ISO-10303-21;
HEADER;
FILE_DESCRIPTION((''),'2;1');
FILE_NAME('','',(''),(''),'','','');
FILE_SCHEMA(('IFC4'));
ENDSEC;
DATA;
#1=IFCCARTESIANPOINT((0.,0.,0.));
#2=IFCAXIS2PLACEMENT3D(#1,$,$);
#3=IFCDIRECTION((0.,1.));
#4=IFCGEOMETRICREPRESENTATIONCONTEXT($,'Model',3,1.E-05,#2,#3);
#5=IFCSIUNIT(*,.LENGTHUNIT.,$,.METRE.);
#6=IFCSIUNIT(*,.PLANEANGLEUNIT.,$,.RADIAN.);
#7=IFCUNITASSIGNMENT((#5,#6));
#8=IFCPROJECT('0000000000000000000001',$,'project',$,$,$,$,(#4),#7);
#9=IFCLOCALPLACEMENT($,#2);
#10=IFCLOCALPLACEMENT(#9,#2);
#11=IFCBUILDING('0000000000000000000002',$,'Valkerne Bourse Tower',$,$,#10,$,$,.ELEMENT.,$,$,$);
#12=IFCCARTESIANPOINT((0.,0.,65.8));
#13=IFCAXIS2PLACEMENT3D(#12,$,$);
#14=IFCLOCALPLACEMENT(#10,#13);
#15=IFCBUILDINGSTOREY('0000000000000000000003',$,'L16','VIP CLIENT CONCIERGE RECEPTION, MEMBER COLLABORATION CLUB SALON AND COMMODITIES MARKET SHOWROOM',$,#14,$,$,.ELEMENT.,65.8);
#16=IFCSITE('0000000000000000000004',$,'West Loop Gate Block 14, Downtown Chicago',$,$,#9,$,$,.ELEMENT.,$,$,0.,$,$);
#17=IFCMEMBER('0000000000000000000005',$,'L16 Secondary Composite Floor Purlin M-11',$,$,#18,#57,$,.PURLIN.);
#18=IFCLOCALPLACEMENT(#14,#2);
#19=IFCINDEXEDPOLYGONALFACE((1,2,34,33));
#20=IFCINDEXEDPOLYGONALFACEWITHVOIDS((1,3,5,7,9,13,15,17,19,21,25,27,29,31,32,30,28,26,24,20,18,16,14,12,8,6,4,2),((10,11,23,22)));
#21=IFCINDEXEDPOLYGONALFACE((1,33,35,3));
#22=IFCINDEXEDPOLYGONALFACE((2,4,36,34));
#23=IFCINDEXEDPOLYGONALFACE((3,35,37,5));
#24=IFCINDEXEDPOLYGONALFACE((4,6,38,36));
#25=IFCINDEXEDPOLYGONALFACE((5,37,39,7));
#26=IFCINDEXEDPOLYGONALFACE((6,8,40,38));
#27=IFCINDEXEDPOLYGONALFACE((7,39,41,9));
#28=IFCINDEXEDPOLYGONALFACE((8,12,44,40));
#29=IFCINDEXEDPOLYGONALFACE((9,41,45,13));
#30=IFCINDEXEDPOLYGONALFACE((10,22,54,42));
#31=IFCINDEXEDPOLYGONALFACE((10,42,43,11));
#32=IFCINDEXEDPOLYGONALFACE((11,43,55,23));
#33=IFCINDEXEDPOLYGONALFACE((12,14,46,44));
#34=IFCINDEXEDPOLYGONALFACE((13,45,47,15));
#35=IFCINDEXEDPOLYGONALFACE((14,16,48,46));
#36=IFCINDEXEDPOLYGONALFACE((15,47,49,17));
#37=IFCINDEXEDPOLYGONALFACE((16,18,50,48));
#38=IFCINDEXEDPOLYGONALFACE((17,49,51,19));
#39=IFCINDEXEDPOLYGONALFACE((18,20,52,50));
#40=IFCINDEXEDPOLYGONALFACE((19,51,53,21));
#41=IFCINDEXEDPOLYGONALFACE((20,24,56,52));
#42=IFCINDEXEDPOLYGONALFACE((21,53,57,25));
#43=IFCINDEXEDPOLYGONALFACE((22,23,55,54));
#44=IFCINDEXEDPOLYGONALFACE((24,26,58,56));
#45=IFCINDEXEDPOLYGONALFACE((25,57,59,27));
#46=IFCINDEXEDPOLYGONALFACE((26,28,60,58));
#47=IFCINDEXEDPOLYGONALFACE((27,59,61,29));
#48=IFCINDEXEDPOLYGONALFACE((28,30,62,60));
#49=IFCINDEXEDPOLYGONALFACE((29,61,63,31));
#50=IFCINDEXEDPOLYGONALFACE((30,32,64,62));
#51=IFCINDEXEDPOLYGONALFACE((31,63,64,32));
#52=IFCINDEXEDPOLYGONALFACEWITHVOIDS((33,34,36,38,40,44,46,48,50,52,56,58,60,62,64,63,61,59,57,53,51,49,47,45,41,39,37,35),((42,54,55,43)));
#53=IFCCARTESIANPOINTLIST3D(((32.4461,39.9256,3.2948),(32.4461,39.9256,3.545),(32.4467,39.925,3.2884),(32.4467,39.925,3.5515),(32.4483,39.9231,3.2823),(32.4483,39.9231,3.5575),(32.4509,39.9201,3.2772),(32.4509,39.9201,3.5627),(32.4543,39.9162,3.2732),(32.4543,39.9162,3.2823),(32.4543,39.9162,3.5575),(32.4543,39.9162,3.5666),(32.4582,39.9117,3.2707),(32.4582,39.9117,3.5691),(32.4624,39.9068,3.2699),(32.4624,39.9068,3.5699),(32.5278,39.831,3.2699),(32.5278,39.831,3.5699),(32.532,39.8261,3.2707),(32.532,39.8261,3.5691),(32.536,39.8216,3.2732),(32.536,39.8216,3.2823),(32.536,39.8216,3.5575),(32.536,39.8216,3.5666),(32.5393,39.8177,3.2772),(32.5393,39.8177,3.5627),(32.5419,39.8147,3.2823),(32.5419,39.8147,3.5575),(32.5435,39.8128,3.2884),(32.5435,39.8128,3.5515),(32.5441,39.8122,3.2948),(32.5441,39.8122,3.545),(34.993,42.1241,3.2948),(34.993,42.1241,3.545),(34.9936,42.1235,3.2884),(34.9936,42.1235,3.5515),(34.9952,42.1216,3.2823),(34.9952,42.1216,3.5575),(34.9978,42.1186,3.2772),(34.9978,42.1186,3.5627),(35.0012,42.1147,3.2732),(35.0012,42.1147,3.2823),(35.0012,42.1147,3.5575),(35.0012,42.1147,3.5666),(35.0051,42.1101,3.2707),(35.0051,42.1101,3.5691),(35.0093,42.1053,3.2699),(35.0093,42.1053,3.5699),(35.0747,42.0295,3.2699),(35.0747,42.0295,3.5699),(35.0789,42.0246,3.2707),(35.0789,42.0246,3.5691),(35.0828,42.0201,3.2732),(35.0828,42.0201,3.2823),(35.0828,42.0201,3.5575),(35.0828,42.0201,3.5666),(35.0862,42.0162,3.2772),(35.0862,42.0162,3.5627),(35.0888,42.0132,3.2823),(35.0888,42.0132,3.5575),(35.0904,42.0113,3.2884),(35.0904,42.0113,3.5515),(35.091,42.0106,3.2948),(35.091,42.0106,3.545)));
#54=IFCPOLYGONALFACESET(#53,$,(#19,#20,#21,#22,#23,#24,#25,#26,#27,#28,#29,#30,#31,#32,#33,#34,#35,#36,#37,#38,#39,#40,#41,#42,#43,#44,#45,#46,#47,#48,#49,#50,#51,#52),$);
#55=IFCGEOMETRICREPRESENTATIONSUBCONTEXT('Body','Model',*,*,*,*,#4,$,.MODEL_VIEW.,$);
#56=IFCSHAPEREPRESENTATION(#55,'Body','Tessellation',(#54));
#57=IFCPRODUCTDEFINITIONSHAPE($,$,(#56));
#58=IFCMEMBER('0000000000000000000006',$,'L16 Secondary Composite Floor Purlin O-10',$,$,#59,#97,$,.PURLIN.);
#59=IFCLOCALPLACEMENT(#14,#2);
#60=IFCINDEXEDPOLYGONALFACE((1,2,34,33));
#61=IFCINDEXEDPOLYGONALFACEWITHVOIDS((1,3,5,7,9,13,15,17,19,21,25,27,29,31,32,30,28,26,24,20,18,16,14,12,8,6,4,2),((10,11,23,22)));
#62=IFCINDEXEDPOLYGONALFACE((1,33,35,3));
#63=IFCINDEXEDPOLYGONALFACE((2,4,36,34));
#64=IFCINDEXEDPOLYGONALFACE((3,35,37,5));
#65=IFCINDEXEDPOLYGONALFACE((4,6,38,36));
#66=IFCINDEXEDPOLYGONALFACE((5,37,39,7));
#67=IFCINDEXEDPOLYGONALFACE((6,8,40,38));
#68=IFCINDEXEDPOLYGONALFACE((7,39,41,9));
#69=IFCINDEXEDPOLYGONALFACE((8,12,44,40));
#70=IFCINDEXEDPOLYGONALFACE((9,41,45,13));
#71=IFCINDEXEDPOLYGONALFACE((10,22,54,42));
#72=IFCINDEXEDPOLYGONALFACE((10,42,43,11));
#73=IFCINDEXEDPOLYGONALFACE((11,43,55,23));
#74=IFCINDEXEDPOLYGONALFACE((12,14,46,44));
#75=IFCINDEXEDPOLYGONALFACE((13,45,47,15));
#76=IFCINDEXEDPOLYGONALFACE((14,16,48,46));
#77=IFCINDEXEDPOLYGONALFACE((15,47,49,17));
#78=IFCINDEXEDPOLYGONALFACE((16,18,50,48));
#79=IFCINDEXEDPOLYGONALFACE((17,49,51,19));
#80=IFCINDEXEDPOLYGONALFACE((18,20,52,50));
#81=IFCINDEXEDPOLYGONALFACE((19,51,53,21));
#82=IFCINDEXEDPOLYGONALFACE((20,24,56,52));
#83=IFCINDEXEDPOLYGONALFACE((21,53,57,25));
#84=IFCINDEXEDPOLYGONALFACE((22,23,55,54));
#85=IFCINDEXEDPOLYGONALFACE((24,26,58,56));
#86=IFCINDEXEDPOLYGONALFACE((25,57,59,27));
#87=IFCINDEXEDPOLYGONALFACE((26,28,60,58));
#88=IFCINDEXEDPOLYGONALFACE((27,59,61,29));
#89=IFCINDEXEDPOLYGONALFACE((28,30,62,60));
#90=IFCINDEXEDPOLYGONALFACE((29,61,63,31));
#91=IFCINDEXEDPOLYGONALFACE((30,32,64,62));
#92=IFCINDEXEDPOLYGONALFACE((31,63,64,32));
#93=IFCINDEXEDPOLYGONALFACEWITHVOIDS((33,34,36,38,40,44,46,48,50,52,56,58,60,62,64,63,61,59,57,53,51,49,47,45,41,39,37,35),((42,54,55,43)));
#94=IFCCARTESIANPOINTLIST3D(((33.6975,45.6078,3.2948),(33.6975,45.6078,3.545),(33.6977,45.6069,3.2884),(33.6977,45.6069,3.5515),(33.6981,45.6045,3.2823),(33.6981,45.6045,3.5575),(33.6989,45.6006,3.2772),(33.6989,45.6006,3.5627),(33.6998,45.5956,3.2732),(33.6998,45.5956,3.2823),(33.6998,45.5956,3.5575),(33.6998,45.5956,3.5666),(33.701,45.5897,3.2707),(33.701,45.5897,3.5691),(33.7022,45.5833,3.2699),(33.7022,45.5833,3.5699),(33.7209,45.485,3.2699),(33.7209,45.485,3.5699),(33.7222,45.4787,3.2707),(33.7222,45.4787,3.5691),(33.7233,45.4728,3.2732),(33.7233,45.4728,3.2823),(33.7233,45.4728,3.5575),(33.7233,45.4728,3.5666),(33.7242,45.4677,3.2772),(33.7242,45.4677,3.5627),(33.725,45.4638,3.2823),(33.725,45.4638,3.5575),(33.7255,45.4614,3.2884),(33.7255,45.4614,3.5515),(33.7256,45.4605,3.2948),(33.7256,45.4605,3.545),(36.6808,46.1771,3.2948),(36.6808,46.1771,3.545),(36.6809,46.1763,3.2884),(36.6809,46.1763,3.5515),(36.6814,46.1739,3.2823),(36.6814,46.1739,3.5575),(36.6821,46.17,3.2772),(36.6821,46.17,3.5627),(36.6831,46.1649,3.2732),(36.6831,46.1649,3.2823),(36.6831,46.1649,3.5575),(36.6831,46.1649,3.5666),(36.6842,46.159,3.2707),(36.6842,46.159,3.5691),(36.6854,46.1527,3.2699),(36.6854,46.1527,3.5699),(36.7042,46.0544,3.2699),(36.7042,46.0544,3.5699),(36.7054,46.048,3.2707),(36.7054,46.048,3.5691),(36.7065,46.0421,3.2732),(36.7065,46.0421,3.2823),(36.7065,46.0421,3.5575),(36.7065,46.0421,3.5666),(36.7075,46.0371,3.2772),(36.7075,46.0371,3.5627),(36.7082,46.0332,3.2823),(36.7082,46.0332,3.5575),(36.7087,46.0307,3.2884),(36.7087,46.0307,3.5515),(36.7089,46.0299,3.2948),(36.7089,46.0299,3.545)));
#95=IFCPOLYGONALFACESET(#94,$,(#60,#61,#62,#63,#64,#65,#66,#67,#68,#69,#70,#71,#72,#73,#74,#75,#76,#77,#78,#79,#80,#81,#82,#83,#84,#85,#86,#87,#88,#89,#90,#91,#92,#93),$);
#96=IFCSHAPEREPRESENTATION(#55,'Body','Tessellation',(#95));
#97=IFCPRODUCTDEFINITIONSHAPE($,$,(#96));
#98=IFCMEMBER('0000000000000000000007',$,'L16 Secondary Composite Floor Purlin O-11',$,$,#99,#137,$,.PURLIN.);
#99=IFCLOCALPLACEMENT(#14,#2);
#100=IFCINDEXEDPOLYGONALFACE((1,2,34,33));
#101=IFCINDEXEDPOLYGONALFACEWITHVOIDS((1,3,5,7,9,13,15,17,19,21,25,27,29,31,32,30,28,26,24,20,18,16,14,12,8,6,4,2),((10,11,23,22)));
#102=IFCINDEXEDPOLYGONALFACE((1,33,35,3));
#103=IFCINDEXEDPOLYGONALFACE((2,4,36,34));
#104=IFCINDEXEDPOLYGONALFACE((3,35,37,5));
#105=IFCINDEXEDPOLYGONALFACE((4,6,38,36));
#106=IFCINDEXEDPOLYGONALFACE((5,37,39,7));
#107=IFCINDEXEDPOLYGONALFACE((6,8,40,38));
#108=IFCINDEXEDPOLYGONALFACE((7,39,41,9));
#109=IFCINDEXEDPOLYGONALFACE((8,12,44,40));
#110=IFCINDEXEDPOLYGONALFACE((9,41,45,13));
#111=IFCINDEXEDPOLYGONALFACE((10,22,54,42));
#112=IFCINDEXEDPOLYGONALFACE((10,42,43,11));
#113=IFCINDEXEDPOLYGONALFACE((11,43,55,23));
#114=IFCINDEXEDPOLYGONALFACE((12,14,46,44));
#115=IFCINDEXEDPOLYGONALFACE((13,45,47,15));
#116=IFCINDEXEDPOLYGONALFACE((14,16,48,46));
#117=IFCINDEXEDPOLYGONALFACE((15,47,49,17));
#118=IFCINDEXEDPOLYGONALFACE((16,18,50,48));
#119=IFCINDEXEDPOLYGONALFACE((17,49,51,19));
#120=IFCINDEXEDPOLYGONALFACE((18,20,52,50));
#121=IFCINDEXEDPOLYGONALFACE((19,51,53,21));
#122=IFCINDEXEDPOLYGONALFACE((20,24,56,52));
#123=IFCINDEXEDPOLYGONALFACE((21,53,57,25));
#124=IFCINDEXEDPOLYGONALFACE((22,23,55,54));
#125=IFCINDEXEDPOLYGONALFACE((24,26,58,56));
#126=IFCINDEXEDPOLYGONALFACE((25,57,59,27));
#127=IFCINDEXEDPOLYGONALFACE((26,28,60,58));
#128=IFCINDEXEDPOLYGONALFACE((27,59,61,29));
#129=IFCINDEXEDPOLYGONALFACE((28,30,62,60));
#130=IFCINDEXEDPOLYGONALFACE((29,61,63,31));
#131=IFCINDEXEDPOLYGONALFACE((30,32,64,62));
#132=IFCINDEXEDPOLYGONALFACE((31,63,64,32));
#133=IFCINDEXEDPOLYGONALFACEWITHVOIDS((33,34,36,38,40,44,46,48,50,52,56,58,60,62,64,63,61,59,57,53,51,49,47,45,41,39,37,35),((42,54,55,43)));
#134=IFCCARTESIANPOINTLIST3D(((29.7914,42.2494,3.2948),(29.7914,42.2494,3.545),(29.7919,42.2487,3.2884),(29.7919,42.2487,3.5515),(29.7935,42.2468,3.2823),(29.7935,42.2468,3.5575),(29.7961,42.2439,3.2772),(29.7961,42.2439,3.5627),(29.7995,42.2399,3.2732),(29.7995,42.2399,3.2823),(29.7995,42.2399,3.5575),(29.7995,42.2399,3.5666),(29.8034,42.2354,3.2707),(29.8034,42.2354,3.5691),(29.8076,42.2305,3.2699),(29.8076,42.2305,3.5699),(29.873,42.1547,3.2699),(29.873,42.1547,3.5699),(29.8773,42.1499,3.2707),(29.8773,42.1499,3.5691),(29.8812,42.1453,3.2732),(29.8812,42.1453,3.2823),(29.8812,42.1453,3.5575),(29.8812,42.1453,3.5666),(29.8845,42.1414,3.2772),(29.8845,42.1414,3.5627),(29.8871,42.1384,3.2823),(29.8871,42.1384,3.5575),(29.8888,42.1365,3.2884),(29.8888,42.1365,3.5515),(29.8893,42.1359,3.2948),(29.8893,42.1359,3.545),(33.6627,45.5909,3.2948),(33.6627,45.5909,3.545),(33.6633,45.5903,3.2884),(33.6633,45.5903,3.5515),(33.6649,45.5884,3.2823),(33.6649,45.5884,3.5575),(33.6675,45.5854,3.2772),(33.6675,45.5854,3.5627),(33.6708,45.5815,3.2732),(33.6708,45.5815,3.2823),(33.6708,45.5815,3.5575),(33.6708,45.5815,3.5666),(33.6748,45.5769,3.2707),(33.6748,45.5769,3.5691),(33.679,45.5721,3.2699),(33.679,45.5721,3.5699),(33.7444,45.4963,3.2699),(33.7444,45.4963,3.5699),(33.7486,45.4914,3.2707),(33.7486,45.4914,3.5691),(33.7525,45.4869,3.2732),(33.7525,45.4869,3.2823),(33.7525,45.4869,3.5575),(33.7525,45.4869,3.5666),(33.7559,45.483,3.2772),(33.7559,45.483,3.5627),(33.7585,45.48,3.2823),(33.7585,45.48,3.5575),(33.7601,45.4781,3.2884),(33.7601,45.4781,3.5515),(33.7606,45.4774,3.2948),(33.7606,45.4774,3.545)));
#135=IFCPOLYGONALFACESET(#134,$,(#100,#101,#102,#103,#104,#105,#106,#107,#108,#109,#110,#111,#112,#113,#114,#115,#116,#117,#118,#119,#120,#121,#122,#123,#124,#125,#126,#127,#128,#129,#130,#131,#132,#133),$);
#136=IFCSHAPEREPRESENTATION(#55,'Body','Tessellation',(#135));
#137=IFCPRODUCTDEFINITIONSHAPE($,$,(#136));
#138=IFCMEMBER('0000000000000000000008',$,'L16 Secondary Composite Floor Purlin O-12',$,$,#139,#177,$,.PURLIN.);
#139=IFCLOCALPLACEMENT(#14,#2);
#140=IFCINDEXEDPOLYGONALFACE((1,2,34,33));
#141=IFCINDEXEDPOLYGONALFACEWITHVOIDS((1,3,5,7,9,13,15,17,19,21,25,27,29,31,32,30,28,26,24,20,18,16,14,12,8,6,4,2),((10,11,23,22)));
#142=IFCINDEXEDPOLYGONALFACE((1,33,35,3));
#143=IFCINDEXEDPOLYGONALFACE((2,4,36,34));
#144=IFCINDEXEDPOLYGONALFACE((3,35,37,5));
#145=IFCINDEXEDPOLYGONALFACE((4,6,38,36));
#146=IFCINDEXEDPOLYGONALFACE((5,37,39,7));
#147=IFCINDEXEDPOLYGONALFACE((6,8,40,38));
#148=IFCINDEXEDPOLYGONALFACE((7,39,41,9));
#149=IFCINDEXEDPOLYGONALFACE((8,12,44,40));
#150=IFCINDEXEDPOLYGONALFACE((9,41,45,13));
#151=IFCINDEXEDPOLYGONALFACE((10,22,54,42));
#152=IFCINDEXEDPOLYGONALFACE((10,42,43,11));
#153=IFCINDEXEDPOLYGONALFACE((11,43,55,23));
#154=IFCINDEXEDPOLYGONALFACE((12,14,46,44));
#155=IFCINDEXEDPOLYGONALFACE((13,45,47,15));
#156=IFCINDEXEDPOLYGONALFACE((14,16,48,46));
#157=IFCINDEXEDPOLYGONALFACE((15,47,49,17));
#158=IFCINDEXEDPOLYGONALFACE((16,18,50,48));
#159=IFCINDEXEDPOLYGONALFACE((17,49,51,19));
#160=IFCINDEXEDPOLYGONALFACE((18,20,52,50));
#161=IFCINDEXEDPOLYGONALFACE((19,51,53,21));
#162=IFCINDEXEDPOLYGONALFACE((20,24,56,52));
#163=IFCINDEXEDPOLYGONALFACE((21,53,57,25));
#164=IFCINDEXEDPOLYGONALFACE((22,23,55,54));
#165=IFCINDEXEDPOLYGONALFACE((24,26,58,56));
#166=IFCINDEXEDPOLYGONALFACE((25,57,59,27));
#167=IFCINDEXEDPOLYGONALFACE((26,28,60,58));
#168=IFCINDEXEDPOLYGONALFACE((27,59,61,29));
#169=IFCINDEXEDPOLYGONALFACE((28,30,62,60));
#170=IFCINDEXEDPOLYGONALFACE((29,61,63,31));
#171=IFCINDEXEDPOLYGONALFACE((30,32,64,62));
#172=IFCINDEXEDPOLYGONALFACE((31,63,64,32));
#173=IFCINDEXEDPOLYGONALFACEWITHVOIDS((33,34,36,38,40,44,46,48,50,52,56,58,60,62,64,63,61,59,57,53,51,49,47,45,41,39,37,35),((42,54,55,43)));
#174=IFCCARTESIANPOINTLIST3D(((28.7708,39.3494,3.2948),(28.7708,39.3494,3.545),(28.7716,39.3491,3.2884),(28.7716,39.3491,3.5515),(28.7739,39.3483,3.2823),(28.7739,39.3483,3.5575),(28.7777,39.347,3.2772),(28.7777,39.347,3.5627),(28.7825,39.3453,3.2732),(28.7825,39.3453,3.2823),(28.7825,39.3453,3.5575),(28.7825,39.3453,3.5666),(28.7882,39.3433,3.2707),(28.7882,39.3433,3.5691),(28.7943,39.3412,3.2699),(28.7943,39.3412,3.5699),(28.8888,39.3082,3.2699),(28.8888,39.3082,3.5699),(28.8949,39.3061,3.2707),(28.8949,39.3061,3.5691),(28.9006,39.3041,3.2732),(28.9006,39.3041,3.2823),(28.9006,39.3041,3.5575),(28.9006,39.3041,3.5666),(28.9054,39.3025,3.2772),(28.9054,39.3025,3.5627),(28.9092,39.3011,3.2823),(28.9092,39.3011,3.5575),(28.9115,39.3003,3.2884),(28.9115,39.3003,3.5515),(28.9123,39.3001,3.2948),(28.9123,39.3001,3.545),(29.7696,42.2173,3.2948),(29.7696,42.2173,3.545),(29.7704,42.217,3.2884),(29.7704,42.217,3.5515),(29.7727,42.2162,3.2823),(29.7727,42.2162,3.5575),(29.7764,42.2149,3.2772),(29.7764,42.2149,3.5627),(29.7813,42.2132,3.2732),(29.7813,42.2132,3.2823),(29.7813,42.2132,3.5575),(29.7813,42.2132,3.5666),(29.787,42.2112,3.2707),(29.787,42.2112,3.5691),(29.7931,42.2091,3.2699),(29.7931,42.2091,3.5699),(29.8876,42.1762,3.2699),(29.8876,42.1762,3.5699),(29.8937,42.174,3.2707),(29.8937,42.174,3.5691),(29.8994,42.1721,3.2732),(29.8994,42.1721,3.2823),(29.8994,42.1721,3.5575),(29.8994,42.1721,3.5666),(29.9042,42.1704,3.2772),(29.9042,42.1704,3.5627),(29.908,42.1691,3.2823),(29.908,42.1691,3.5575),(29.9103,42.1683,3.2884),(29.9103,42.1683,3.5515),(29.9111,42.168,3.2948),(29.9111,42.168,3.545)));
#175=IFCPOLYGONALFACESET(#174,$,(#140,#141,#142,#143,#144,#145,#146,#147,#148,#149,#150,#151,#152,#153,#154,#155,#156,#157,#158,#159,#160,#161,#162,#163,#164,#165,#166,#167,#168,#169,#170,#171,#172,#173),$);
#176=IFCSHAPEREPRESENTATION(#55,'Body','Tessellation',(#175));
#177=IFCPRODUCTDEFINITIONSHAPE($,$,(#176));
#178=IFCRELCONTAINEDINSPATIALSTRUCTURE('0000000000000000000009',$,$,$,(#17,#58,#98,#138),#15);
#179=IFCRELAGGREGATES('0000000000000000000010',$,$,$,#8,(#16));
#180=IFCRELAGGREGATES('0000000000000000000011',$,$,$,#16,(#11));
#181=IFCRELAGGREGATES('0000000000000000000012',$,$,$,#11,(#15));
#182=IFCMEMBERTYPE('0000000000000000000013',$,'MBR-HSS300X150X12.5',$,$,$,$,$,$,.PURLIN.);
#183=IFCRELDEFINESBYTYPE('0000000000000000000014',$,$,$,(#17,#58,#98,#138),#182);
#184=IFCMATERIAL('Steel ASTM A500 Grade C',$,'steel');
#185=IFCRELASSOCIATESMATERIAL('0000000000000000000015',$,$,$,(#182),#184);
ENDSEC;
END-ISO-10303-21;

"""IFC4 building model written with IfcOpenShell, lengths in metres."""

from ifc_helpers import new_model, si_unit, direction, frame, origin, origin_2d, place, context, subcontext, project, spatial, hollow_rectangle, extrude, material, material_profile, profile_set, type_object, element, save


model = new_model("IFC4")

# Units and contexts
model_context = context("Model", 3, precision=1e-05, world=origin(), true_north=direction((0.0, 1.0)))
body_context = subcontext(model_context, "Body", "Model", "MODEL_VIEW")
ifc_project = project(units=[si_unit("LENGTHUNIT", "METRE"), si_unit("PLANEANGLEUNIT", "RADIAN")], contexts=[model_context])

# Site, building, storey
site_placement = place(None, origin())
site = spatial("IfcSite", under=ifc_project, at=site_placement, Name="West Loop Gate Block 14, Downtown Chicago", CompositionType="ELEMENT", RefElevation=0.0)
building_placement = place(site_placement, origin())
building = spatial("IfcBuilding", under=site, at=building_placement, Name="Valkerne Bourse Tower", CompositionType="ELEMENT")
storey_placement = place(building_placement, frame((0.0, 0.0, 65.8)))
storey = spatial("IfcBuildingStorey", under=building, at=storey_placement, Name="L16", Description="VIP CLIENT CONCIERGE RECEPTION, MEMBER COLLABORATION CLUB SALON AND COMMODITIES MARKET SHOWROOM", CompositionType="ELEMENT", Elevation=65.8)

# Members
ifc_material_1 = material(Name="Steel ASTM A500 Grade C", Category="steel")
ifc_material_profile_1 = material_profile(ifc_material_1, hollow_rectangle(XDim=0.1499, YDim=0.3, WallThickness=0.0125, OuterFilletRadius=0.0249, at=origin_2d()), Name="HSS300X150X12.5")
ifc_profile_set_1 = profile_set([ifc_material_profile_1], Name="Steel ASTM A500 Grade C")
member_type_1 = type_object("IfcMemberType", Name="MBR-HSS300X150X12.5", PredefinedType="PURLIN", material=ifc_profile_set_1)
member_1_placement = place(storey_placement, frame((35.042, 42.0674, 3.4199), z_axis=(-0.756983, -0.653435, 0.0), x_axis=(0.653435, -0.756983, 0.0)))
element("IfcMember", 1, at=member_1_placement, inside=storey, type_object=member_type_1, Name="L16 Secondary Composite Floor Purlin M-11", PredefinedType="PURLIN", context=body_context, shape_type="SweptSolid", body=[
    extrude(hollow_rectangle(XDim=0.1499, YDim=0.3, WallThickness=0.0125, OuterFilletRadius=0.0249, at=origin_2d()), origin(), (0.0, 0.0, 1.0), 3.3645),
])
member_2_placement = place(storey_placement, frame((36.6948, 46.1035, 3.4199), z_axis=(-0.982271, -0.187467, 0.0), x_axis=(0.187467, -0.982271, 0.0)))
element("IfcMember", 2, at=member_2_placement, inside=storey, type_object=member_type_1, Name="L16 Secondary Composite Floor Purlin O-10", PredefinedType="PURLIN", context=body_context, shape_type="SweptSolid", body=[
    extrude(hollow_rectangle(XDim=0.1499, YDim=0.3, WallThickness=0.0125, OuterFilletRadius=0.0249, at=origin_2d()), origin(), (0.0, 0.0, 1.0), 3.0371),
])
member_3_placement = place(storey_placement, frame((33.7117, 45.5342, 3.4199), z_axis=(-0.757004, -0.65341, 0.0), x_axis=(0.65341, -0.757004, 0.0)))
element("IfcMember", 3, at=member_3_placement, inside=storey, type_object=member_type_1, Name="L16 Secondary Composite Floor Purlin O-11", PredefinedType="PURLIN", context=body_context, shape_type="SweptSolid", body=[
    extrude(hollow_rectangle(XDim=0.1499, YDim=0.3, WallThickness=0.0125, OuterFilletRadius=0.0249, at=origin_2d()), origin(), (0.0, 0.0, 1.0), 5.114),
])
member_4_placement = place(storey_placement, frame((29.8403, 42.1926, 3.4199), z_axis=(-0.328885, -0.94437, 0.0), x_axis=(0.94437, -0.328885, 0.0)))
element("IfcMember", 4, at=member_4_placement, inside=storey, type_object=member_type_1, Name="L16 Secondary Composite Floor Purlin O-12", PredefinedType="PURLIN", context=body_context, shape_type="SweptSolid", body=[
    extrude(hollow_rectangle(XDim=0.1499, YDim=0.3, WallThickness=0.0125, OuterFilletRadius=0.0249, at=origin_2d()), origin(), (0.0, 0.0, 1.0), 3.0369),
])

save(model, "model.ifc")
